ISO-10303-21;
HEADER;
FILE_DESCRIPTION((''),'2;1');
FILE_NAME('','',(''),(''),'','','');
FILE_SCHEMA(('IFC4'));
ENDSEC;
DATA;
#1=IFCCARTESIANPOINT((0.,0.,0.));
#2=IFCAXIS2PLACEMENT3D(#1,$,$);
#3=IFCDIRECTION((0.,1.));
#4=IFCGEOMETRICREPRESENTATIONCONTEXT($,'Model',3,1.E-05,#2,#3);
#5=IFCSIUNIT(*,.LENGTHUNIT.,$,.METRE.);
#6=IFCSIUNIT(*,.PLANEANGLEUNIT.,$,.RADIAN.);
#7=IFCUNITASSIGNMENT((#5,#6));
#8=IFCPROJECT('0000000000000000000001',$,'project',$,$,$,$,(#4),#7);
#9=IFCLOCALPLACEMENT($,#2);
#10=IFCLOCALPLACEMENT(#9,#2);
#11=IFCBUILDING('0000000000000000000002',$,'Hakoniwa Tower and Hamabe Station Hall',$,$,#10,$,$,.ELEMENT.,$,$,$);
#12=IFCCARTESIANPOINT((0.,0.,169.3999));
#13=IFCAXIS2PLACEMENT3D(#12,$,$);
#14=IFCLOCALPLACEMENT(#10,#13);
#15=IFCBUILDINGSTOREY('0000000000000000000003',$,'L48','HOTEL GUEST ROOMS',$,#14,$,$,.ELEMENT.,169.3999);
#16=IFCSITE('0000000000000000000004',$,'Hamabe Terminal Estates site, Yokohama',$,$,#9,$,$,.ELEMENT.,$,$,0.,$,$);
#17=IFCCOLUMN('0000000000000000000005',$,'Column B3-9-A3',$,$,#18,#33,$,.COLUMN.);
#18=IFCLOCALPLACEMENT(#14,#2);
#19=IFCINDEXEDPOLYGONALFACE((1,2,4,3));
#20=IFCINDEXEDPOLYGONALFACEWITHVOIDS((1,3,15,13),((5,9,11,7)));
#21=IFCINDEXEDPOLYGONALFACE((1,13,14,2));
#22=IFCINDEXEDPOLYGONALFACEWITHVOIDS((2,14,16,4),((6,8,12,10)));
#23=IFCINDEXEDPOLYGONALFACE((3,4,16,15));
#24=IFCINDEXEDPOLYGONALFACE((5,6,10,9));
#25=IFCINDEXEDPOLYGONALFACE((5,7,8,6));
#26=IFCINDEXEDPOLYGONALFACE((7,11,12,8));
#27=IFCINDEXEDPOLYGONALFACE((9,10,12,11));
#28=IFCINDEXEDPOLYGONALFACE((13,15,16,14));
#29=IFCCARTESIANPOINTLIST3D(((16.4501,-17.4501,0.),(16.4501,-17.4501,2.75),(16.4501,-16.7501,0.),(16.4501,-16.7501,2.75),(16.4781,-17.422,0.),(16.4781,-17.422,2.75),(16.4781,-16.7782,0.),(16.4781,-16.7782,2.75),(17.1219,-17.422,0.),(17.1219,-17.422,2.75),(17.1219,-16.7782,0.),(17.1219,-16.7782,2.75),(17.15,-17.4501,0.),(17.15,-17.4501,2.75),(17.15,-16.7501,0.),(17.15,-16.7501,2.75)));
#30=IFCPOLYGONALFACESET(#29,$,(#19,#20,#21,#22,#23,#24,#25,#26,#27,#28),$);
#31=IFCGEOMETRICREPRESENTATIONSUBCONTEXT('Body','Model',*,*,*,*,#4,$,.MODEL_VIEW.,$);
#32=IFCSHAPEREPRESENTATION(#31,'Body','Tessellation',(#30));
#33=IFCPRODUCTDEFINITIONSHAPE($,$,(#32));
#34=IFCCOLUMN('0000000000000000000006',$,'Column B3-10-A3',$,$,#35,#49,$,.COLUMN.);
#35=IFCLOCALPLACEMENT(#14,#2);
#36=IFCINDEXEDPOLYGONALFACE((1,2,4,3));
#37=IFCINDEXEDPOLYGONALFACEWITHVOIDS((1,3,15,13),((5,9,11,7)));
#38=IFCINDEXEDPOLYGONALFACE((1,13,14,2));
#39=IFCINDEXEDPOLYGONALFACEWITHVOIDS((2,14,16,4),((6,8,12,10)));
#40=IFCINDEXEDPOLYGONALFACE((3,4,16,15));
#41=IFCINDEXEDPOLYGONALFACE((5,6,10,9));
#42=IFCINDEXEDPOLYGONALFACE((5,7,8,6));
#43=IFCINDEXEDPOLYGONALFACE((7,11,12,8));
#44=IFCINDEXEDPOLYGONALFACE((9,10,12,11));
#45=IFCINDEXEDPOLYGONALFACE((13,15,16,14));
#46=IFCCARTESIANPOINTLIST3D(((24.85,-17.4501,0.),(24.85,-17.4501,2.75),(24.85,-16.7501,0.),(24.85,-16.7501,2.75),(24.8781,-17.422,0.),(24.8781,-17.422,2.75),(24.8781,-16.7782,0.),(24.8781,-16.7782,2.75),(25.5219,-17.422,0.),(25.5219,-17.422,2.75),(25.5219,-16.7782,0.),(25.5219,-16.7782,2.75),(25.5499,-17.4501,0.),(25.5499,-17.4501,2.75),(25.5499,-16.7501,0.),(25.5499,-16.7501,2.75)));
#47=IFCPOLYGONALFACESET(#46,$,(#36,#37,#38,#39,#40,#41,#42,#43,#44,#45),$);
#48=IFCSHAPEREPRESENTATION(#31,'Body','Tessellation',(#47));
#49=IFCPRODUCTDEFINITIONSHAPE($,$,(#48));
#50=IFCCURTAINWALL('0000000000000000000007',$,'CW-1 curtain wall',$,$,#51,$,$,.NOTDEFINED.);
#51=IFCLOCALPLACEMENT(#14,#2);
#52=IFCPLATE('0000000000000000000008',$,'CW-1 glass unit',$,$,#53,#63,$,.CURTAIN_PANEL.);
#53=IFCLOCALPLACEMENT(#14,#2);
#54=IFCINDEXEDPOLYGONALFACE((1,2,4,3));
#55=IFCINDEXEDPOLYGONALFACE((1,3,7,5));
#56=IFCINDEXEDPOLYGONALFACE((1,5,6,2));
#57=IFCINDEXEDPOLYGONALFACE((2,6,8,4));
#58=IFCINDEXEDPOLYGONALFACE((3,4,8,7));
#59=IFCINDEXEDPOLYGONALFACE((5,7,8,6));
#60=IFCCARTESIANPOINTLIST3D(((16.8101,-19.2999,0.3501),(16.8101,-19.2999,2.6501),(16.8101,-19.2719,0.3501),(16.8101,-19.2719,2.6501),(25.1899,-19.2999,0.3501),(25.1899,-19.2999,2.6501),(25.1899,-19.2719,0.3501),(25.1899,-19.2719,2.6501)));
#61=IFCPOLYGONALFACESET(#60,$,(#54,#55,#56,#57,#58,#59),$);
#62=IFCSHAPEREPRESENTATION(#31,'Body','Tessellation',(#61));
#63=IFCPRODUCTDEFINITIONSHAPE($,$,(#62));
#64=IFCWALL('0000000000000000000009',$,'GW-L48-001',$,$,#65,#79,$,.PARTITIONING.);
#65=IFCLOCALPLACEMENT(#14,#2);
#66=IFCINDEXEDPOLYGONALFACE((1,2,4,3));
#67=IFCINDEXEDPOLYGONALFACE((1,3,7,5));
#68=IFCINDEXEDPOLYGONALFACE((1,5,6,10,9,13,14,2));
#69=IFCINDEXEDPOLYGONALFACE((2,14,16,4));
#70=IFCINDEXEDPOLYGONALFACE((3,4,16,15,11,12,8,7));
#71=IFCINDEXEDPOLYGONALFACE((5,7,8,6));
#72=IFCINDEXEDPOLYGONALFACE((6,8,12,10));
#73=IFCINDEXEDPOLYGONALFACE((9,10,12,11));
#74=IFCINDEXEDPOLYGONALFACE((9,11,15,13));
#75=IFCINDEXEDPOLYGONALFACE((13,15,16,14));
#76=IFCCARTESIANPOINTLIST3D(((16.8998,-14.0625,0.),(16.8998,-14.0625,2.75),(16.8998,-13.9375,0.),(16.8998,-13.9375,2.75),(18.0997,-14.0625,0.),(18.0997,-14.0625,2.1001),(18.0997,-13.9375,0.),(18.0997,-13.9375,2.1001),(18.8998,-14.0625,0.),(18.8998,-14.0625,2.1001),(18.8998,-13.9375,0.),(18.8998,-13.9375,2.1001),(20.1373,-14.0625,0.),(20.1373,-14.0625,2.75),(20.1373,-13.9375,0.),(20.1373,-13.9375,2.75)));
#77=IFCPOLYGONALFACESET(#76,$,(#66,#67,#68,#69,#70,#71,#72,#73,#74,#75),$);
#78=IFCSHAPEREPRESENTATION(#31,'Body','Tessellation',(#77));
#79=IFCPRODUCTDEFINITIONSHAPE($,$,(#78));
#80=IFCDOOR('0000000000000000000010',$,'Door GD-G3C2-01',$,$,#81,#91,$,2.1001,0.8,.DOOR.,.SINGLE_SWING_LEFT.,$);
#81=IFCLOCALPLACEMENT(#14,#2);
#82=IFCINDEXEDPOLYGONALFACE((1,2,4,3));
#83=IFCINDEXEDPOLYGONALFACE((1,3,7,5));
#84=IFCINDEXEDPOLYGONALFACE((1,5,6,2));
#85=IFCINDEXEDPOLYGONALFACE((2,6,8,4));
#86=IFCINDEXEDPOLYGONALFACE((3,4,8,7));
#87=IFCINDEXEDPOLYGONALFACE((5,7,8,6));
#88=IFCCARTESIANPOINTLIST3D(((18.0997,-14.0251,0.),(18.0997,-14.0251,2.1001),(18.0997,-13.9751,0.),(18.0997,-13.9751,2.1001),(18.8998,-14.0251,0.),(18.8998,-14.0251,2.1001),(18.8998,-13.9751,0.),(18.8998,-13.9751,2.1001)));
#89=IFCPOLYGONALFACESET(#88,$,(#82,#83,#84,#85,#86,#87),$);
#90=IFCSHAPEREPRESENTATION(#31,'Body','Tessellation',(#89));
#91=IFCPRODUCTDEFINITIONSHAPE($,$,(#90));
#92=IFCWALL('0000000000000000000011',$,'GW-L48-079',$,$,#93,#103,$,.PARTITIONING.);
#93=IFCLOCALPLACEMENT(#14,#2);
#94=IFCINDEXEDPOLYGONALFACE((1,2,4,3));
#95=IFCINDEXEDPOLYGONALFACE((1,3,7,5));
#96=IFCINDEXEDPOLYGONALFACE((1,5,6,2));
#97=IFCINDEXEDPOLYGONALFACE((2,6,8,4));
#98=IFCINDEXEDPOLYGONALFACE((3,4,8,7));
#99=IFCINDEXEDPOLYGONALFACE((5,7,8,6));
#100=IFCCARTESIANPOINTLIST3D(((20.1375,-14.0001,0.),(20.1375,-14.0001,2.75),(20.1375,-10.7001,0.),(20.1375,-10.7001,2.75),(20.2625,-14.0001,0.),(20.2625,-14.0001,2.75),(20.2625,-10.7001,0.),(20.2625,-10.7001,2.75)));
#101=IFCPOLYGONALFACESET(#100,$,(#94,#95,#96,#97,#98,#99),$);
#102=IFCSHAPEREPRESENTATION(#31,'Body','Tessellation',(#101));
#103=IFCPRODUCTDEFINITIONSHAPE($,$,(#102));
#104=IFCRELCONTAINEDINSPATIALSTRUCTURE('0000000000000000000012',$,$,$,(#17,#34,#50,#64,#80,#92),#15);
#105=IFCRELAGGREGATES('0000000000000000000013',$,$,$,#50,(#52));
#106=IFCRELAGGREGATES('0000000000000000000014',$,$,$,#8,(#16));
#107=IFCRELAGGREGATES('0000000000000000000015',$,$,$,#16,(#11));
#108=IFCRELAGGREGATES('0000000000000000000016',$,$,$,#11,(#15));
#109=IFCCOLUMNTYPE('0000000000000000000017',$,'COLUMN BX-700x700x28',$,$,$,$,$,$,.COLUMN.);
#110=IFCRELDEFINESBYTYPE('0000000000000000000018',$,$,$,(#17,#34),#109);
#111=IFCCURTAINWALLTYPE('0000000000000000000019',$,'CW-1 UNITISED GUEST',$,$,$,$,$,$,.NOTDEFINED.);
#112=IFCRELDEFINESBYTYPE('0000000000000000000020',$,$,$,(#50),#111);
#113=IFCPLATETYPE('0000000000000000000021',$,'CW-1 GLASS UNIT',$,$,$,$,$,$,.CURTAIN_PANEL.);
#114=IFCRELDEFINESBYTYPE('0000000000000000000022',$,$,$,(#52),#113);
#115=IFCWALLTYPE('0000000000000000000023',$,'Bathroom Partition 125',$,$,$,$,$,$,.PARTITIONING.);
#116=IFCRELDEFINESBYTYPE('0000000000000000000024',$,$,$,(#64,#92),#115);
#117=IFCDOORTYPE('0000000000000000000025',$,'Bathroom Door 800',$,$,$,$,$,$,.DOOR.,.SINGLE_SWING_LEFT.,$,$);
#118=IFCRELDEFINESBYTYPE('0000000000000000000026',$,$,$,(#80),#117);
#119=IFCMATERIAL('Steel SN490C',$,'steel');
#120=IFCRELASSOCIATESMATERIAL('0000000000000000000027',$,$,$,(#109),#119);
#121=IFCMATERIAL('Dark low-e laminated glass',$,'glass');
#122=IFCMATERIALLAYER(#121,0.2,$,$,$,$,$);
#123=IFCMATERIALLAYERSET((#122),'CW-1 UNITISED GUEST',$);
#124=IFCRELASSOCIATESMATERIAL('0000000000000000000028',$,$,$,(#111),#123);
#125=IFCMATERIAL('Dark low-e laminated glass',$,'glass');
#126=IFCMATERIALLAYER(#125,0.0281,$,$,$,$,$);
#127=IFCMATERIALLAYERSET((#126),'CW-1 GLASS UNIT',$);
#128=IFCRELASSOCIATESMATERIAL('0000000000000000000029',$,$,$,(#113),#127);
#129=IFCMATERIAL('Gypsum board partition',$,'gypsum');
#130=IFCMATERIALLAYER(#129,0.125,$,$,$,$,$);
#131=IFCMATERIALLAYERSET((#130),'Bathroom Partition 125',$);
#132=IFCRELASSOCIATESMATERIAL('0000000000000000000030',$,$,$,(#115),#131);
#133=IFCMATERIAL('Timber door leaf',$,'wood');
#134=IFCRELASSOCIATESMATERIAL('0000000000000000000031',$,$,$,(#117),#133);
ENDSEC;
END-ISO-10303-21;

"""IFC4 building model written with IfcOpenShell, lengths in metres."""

from ifc_helpers import new_model, si_unit, direction, frame, frame_2d, origin, origin_2d, place, context, subcontext, project, spatial, rectangle, hollow_rectangle, extrude, material, layer, layer_set, material_profile, profile_set, type_object, element, fill, aggregate, save


model = new_model("IFC4")

# Units and contexts
model_context = context("Model", 3, precision=1e-05, world=origin(), true_north=direction((0.0, 1.0)))
body_context = subcontext(model_context, "Body", "Model", "MODEL_VIEW")
ifc_project = project(units=[si_unit("LENGTHUNIT", "METRE"), si_unit("PLANEANGLEUNIT", "RADIAN")], contexts=[model_context])

# Site, building, storey
site_placement = place(None, origin())
site = spatial("IfcSite", under=ifc_project, at=site_placement, Name="Hamabe Terminal Estates site, Yokohama", CompositionType="ELEMENT", RefElevation=0.0)
building_placement = place(site_placement, origin())
building = spatial("IfcBuilding", under=site, at=building_placement, Name="Hakoniwa Tower and Hamabe Station Hall", CompositionType="ELEMENT")
storey_placement = place(building_placement, frame((0.0, 0.0, 169.3999)))
storey = spatial("IfcBuildingStorey", under=building, at=storey_placement, Name="L48", Description="HOTEL GUEST ROOMS", CompositionType="ELEMENT", Elevation=169.3999)

# Columns
ifc_material_1 = material(Name="Steel SN490C", Category="steel")
ifc_material_profile = material_profile(ifc_material_1, hollow_rectangle(XDim=0.7, YDim=0.7, WallThickness=0.0281, at=origin_2d()), Name="BX-700x700x28")
ifc_profile_set = profile_set([ifc_material_profile], Name="Steel SN490C")
column_type = type_object("IfcColumnType", Name="COLUMN BX-700x700x28", PredefinedType="COLUMN", material=ifc_profile_set)
for number, where, z_axis, x_axis, name in (
    (1, (16.8, -17.1001, 0.0), (0.0, 0.0, 1.0), (1.0, 0.0, 0.0), "Column B3-9-A3"),
    (2, (25.2, -17.1001, 0.0), (0.0, 0.0, 1.0), (1.0, 0.0, 0.0), "Column B3-10-A3"),
):
    element("IfcColumn", number, at=place(storey_placement, frame(where, z_axis=z_axis, x_axis=x_axis)), inside=storey, type_object=column_type, Name=name, PredefinedType="COLUMN", context=body_context, shape_type="SweptSolid", body=[
        extrude(hollow_rectangle(XDim=0.7, YDim=0.7, WallThickness=0.0281, at=origin_2d()), origin(), (0.0, 0.0, 1.0), 2.75),
    ])

# Curtain wall, plate
ifc_material_2 = material(Name="Dark low-e laminated glass", Category="glass")
ifc_layer_1 = layer(ifc_material_2, 0.2)
ifc_layer_set_1 = layer_set([ifc_layer_1], Name="CW-1 UNITISED GUEST")
curtain_wall_type = type_object("IfcCurtainWallType", Name="CW-1 UNITISED GUEST", PredefinedType="NOTDEFINED", material=ifc_layer_set_1)
curtain_wall_placement = place(storey_placement, origin())
curtain_wall = element("IfcCurtainWall", 3, at=curtain_wall_placement, inside=storey, type_object=curtain_wall_type, Name="CW-1 curtain wall", PredefinedType="NOTDEFINED")
ifc_material_3 = material(Name="Dark low-e laminated glass", Category="glass")
ifc_layer_2 = layer(ifc_material_3, 0.0281)
ifc_layer_set_2 = layer_set([ifc_layer_2], Name="CW-1 GLASS UNIT")
plate_type = type_object("IfcPlateType", Name="CW-1 GLASS UNIT", PredefinedType="CURTAIN_PANEL", material=ifc_layer_set_2)
plate_placement = place(storey_placement, frame((21.0, -19.2859, 0.3501), z_axis=(0.0, 0.0, 1.0), x_axis=(1.0, 0.0, 0.0)))
plate = element("IfcPlate", 4, at=plate_placement, type_object=plate_type, Name="CW-1 glass unit", PredefinedType="CURTAIN_PANEL", context=body_context, shape_type="SweptSolid", body=[
    extrude(rectangle(XDim=8.3799, YDim=0.0281, at=origin_2d()), origin(), (0.0, 0.0, 1.0), 2.3),
])
aggregate(curtain_wall, [plate])

# Wall, opening, door
ifc_material_4 = material(Name="Gypsum board partition", Category="gypsum")
ifc_layer_3 = layer(ifc_material_4, 0.125)
ifc_layer_set_3 = layer_set([ifc_layer_3], Name="Bathroom Partition 125")
wall_type_1 = type_object("IfcWallType", Name="Bathroom Partition 125", PredefinedType="PARTITIONING", material=ifc_layer_set_3)
wall_1_placement = place(storey_placement, frame((16.8999, -14.0, 0.0), z_axis=(0.0, 0.0, 1.0), x_axis=(1.0, 0.0, 0.0)))
wall_1 = element("IfcWall", 5, at=wall_1_placement, inside=storey, type_object=wall_type_1, Name="GW-L48-001", PredefinedType="PARTITIONING", context=body_context, shape_type="SweptSolid", body=[
    extrude(rectangle(XDim=3.2375, YDim=0.125, at=frame_2d((1.6187, 0.0))), origin(), (0.0, 0.0, 1.0), 2.75),
])
opening_1_placement = place(wall_1_placement, frame((1.2, 0.0, 0.0)))
opening_1 = element("IfcOpeningElement", 6, at=opening_1_placement, cuts=wall_1, PredefinedType="OPENING", context=body_context, shape_type="SweptSolid", body=[
    extrude(rectangle(XDim=0.8, YDim=2.1001, at=frame_2d((0.3999, 1.05))), frame((0.0, 0.0725, 0.0), z_axis=(0.0, -1.0, 0.0), x_axis=(1.0, 0.0, 0.0)), (0.0, 0.0, 1.0), 0.145),
])
ifc_material_5 = material(Name="Timber door leaf", Category="wood")
door_type_1 = type_object("IfcDoorType", Name="Bathroom Door 800", OperationType="SINGLE_SWING_LEFT", PredefinedType="DOOR", material=ifc_material_5)
door_1_placement = place(opening_1_placement, origin())
door_1 = element("IfcDoor", 7, at=door_1_placement, inside=storey, type_object=door_type_1, Name="Door GD-G3C2-01", OperationType="SINGLE_SWING_LEFT", OverallHeight=2.1001, OverallWidth=0.8, PredefinedType="DOOR", context=body_context, shape_type="SweptSolid", body=[
    extrude(rectangle(XDim=0.8, YDim=2.1001, at=frame_2d((0.3999, 1.05))), frame((0.0, 0.0249, 0.0), z_axis=(0.0, -1.0, 0.0), x_axis=(1.0, 0.0, 0.0)), (0.0, 0.0, 1.0), 0.05),
])
fill(opening_1, door_1)

# Wall
wall_2_placement = place(storey_placement, frame((20.2, -14.0, 0.0), z_axis=(0.0, 0.0, 1.0), x_axis=(0.0, 1.0, 0.0)))
element("IfcWall", 8, at=wall_2_placement, inside=storey, type_object=wall_type_1, Name="GW-L48-079", PredefinedType="PARTITIONING", context=body_context, shape_type="SweptSolid", body=[
    extrude(rectangle(XDim=3.3, YDim=0.125, at=frame_2d((1.6499, 0.0))), origin(), (0.0, 0.0, 1.0), 2.75),
])

save(model, "model.ifc")
